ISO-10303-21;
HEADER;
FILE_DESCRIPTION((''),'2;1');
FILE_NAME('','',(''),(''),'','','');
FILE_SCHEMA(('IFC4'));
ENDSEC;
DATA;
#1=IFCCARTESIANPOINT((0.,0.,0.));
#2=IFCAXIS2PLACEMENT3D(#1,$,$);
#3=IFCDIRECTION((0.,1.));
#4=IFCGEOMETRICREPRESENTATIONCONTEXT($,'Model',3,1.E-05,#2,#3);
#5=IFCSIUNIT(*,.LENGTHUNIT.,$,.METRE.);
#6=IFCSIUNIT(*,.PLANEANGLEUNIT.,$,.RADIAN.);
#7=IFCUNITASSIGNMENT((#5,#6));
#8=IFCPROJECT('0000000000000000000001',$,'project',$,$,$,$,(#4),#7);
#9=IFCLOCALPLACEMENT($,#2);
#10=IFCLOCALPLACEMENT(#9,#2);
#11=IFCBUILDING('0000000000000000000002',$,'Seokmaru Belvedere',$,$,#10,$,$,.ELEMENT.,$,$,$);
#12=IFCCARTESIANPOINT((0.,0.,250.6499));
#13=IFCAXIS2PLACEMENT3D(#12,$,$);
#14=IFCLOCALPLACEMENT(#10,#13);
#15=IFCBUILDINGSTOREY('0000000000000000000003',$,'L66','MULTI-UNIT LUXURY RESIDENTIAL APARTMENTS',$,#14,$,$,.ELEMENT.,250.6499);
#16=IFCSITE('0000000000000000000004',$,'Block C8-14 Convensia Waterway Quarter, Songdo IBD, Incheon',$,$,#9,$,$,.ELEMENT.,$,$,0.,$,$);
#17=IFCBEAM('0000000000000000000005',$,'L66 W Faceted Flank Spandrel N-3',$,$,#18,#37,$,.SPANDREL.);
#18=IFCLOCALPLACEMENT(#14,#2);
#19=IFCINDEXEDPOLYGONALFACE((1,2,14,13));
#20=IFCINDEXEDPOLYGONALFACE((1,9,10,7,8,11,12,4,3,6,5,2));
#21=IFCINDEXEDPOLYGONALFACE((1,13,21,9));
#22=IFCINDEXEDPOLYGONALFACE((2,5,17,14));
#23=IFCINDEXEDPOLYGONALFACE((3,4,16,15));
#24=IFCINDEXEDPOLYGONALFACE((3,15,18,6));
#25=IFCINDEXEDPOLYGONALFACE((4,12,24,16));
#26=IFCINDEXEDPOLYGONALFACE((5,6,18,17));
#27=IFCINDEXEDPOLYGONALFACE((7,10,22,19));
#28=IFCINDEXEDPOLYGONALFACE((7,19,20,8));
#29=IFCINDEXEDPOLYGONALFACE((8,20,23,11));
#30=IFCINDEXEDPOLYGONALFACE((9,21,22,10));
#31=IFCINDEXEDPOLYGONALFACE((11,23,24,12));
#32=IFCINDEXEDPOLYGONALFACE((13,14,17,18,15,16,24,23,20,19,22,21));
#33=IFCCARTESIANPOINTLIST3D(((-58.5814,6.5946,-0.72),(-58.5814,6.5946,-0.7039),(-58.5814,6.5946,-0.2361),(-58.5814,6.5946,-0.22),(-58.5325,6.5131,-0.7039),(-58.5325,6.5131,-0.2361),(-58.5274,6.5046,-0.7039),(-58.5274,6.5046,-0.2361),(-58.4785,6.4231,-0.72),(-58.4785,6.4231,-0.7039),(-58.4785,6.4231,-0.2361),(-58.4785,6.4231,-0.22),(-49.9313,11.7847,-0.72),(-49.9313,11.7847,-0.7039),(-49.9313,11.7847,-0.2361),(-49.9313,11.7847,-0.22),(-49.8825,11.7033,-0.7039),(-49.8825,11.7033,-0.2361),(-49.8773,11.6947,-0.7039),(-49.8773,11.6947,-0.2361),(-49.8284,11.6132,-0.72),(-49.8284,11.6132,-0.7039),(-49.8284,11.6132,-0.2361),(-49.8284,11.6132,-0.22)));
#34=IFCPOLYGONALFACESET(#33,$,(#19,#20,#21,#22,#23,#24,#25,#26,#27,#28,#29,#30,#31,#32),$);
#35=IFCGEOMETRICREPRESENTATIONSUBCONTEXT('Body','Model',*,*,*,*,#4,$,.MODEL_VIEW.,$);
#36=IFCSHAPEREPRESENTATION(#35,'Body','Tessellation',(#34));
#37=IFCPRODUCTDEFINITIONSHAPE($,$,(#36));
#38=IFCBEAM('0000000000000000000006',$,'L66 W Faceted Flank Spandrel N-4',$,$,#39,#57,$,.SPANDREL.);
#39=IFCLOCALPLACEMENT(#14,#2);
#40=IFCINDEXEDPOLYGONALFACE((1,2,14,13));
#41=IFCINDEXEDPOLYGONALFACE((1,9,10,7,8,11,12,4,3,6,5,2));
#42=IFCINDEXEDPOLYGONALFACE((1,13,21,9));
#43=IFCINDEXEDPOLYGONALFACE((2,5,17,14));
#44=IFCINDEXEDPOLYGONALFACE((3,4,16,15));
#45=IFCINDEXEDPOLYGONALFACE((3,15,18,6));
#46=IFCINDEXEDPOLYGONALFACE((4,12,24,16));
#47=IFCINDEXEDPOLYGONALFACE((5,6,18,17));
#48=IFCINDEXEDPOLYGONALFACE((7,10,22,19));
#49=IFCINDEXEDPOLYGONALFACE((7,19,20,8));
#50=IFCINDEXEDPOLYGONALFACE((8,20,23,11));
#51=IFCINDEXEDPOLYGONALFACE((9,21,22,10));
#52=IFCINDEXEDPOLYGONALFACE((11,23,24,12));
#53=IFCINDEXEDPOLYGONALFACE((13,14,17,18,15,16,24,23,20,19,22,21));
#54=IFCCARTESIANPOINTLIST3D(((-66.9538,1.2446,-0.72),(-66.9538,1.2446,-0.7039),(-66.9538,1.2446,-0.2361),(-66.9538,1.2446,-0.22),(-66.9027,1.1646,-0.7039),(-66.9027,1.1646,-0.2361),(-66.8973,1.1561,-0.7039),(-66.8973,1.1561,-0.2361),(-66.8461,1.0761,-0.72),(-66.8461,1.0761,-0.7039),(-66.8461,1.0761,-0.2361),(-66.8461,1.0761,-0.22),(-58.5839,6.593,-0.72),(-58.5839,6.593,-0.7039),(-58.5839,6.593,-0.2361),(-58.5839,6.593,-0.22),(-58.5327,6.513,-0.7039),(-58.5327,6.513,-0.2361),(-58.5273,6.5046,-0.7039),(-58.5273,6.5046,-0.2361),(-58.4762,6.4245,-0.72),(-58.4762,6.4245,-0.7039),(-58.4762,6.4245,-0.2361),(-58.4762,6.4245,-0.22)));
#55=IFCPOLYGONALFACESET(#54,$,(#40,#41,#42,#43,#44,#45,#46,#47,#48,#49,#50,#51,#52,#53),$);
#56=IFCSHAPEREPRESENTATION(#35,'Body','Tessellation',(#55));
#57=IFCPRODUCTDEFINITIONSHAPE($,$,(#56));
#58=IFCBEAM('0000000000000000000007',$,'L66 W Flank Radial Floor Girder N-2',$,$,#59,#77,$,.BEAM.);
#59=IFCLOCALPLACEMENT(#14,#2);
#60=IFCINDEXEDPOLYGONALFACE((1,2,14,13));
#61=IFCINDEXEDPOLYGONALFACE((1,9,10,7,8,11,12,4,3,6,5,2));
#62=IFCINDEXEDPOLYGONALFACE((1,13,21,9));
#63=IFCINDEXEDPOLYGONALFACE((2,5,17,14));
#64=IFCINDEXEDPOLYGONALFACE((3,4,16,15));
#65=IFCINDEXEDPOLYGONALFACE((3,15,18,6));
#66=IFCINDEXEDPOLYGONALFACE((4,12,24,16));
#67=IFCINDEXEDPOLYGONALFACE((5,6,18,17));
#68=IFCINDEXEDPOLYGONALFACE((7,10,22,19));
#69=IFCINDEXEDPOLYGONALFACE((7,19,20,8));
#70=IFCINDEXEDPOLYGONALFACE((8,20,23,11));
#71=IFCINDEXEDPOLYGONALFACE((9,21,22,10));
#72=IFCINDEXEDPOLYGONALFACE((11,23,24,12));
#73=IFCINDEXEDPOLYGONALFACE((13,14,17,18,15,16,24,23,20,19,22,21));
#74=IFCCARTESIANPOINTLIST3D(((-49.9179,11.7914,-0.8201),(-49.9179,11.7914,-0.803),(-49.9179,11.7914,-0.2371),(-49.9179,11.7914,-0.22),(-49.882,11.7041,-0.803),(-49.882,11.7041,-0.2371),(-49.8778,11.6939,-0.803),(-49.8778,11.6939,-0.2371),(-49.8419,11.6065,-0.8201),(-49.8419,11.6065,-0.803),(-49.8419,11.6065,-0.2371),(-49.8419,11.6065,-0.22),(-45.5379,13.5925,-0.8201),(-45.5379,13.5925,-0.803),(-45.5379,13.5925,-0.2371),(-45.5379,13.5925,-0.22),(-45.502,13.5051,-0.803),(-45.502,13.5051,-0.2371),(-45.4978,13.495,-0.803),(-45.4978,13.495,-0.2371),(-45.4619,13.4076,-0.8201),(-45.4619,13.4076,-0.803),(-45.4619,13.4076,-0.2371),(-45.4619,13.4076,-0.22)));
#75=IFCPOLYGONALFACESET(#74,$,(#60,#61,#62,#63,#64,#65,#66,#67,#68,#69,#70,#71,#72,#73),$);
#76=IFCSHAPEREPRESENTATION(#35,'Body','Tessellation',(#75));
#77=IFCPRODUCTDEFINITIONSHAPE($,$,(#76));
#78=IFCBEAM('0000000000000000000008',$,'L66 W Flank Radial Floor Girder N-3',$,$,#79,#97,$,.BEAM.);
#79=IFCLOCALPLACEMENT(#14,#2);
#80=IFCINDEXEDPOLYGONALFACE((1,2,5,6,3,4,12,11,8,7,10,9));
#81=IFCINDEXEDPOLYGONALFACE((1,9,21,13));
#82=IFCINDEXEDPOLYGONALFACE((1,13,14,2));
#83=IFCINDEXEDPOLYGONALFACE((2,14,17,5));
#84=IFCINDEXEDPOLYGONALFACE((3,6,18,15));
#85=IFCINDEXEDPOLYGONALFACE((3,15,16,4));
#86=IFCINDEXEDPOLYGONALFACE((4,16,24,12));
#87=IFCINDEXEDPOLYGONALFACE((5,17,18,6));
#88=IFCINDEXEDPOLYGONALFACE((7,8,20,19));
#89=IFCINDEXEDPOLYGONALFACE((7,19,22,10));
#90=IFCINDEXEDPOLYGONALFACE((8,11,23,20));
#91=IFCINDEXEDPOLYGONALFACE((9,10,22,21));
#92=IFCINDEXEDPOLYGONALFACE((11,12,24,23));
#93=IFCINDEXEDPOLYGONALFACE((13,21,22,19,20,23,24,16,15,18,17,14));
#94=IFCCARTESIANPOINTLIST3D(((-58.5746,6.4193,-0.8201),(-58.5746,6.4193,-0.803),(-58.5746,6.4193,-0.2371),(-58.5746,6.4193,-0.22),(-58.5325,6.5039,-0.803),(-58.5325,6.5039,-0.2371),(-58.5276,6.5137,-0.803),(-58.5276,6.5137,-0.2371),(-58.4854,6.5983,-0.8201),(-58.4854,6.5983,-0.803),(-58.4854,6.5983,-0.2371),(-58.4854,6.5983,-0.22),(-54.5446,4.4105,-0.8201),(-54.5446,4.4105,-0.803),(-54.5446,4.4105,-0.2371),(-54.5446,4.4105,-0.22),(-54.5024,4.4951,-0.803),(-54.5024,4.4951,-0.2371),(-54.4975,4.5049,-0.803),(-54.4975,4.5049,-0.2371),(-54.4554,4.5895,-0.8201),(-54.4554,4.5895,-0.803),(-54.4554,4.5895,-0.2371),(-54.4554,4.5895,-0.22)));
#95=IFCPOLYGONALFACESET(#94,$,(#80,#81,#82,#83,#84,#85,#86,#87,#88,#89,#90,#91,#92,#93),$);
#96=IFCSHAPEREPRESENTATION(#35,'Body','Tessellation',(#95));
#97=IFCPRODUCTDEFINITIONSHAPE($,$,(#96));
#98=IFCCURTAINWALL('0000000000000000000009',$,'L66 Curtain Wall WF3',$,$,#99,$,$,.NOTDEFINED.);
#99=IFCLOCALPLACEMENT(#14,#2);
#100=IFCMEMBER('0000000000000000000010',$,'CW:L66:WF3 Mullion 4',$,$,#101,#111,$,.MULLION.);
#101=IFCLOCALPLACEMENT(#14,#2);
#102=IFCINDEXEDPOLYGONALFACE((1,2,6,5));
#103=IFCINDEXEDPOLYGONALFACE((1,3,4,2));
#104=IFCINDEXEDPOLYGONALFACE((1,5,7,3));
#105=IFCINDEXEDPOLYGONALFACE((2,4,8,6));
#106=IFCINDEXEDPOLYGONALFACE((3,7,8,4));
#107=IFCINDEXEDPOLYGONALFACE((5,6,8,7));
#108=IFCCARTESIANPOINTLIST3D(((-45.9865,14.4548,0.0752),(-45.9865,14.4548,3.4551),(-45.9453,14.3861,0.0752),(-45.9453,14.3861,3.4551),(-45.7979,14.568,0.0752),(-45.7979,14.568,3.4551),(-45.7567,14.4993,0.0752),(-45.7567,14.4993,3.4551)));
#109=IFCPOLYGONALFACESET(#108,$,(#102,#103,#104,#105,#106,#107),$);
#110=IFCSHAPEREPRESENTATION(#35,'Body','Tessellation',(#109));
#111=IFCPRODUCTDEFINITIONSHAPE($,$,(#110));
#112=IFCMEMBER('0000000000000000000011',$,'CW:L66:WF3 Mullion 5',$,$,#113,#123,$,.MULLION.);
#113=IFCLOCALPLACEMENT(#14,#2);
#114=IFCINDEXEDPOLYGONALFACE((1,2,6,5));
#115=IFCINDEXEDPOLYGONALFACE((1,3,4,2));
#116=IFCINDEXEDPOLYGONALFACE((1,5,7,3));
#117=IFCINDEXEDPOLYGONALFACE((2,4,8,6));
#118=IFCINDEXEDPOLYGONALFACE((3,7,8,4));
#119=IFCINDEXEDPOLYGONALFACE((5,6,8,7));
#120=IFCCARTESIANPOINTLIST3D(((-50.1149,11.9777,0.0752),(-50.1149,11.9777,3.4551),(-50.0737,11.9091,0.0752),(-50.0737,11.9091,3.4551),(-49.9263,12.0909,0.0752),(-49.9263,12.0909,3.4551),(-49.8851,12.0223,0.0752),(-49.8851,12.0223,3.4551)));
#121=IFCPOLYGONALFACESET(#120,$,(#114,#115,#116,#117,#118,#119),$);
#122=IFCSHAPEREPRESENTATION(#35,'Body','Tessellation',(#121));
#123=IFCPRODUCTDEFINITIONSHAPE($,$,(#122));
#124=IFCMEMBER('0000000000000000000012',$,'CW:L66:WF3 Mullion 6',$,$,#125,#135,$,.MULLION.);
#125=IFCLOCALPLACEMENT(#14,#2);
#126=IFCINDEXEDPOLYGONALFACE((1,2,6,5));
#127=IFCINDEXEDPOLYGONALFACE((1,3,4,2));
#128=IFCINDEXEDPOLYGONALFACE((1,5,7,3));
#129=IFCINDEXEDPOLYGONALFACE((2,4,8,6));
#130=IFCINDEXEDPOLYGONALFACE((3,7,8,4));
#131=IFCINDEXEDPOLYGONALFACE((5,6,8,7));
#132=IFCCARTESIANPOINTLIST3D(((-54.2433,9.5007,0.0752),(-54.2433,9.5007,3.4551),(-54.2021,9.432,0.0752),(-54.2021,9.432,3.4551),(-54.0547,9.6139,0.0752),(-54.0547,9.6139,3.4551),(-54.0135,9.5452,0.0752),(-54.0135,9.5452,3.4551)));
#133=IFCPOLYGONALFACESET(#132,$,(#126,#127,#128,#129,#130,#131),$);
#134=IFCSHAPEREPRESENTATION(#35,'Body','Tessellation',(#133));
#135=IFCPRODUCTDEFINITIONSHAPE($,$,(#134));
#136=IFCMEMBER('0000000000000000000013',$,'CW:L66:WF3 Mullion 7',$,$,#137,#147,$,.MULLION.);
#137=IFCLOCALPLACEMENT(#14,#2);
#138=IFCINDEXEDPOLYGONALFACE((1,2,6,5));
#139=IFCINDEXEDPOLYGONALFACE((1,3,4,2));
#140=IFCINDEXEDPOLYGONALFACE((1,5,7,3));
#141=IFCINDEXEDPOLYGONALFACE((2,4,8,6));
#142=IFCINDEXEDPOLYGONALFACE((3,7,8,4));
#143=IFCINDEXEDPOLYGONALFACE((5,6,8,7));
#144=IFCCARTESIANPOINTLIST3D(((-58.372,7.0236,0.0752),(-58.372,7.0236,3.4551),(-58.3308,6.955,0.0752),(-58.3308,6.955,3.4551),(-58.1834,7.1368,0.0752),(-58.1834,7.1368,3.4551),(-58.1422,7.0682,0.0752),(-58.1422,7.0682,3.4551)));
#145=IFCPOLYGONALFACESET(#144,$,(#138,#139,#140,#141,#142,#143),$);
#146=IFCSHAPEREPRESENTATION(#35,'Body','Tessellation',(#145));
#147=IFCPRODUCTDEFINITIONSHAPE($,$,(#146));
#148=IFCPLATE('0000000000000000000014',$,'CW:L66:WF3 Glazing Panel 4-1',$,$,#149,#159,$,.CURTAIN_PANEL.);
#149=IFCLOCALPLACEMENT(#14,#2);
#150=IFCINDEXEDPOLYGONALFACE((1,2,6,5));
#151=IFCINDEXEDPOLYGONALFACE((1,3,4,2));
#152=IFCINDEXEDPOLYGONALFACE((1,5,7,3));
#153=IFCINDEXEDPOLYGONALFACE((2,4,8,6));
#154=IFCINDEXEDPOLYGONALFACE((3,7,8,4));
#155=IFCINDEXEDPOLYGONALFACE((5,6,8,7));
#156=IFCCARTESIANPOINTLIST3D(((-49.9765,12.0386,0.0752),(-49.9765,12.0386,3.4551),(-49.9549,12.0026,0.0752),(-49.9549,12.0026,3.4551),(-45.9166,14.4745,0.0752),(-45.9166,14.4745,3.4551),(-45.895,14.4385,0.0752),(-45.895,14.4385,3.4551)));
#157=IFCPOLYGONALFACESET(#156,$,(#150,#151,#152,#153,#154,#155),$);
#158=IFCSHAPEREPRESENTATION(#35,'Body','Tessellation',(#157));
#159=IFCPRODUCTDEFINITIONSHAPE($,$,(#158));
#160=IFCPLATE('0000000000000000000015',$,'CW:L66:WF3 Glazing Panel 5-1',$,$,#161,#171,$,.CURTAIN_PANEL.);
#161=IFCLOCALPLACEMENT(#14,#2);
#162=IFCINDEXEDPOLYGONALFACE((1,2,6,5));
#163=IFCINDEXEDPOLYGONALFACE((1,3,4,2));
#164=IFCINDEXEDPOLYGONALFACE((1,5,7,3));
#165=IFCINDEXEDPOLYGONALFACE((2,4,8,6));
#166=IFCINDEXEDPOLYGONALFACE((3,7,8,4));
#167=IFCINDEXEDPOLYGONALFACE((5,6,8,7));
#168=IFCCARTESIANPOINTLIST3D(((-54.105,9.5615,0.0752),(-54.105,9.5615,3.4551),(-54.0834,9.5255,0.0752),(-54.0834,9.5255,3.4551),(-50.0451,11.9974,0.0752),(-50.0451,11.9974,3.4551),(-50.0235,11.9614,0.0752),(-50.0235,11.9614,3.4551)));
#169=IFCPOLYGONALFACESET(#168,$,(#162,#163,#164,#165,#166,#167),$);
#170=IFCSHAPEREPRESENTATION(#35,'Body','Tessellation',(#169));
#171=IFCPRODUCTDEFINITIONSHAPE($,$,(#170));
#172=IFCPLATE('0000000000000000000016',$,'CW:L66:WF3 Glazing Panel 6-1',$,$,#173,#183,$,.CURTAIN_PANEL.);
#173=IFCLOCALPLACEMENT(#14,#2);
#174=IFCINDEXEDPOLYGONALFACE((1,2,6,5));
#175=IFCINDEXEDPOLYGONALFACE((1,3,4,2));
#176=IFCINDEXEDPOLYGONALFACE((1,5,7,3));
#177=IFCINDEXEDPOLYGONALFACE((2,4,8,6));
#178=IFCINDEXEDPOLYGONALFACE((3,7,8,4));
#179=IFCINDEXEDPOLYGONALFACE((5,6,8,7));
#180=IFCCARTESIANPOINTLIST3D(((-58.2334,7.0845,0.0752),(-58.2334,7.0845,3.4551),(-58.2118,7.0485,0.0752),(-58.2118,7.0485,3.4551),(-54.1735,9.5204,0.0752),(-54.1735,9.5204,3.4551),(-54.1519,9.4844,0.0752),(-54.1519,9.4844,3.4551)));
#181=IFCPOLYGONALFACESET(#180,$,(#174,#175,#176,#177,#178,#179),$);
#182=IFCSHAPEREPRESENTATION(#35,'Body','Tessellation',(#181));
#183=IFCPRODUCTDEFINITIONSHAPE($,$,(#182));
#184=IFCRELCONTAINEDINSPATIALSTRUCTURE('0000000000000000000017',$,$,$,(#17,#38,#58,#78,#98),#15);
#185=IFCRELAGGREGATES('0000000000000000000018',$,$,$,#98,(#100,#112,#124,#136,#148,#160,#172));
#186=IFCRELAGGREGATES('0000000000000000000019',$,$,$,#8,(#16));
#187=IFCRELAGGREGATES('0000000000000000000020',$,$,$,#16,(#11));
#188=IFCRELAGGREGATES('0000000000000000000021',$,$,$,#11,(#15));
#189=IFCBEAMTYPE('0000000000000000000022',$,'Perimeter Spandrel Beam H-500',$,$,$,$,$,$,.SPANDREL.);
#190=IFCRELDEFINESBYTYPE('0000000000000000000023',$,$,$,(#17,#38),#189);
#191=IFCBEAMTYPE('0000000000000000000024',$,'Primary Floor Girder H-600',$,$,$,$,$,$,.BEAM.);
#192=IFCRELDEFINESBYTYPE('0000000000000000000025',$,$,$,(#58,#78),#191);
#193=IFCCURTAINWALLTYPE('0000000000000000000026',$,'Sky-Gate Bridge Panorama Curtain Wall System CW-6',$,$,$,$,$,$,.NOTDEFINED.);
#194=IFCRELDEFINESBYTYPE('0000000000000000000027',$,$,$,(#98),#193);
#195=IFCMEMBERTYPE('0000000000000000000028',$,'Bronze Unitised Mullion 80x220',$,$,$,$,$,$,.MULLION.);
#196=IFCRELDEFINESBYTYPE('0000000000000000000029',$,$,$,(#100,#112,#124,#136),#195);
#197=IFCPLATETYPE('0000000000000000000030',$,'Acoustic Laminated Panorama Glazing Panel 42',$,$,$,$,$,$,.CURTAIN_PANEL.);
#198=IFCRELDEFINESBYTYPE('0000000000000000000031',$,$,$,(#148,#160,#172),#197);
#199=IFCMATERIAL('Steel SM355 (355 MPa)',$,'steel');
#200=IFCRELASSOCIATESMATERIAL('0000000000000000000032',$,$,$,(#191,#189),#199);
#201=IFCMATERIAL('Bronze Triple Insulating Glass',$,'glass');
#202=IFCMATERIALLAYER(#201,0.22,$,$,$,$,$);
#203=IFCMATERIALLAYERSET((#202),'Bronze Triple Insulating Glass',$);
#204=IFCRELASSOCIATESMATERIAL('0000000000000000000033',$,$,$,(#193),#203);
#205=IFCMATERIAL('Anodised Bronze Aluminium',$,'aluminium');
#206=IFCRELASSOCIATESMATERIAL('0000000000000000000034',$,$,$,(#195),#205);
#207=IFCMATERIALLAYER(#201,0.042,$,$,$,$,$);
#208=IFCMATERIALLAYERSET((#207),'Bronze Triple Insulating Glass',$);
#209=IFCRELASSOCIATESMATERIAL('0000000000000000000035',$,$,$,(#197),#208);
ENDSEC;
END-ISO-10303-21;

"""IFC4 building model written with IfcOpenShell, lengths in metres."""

from ifc_helpers import new_model, si_unit, direction, frame, origin, origin_2d, place, context, subcontext, project, spatial, rectangle, i_section, extrude, source, transform, mapped, material, layer, layer_set, material_profile, profile_set, type_object, type_shapes, element, aggregate, save


model = new_model("IFC4")

# Units and contexts
model_context = context("Model", 3, precision=1e-05, world=origin(), true_north=direction((0.0, 1.0)))
body_context = subcontext(model_context, "Body", "Model", "MODEL_VIEW")
ifc_project = project(units=[si_unit("LENGTHUNIT", "METRE"), si_unit("PLANEANGLEUNIT", "RADIAN")], contexts=[model_context])

# Site, building, storey
site_placement = place(None, origin())
site = spatial("IfcSite", under=ifc_project, at=site_placement, Name="Block C8-14 Convensia Waterway Quarter, Songdo IBD, Incheon", CompositionType="ELEMENT", RefElevation=0.0)
building_placement = place(site_placement, origin())
building = spatial("IfcBuilding", under=site, at=building_placement, Name="Seokmaru Belvedere", CompositionType="ELEMENT")
storey_placement = place(building_placement, frame((0.0, 0.0, 250.6499)))
storey = spatial("IfcBuildingStorey", under=building, at=storey_placement, Name="L66", Description="MULTI-UNIT LUXURY RESIDENTIAL APARTMENTS", CompositionType="ELEMENT", Elevation=250.6499)

# Shared definitions
ifc_material_1 = material(Name="Steel SM355 (355 MPa)", Category="steel")

# Beams
ifc_material_profile_1 = material_profile(ifc_material_1, i_section(OverallWidth=0.2, OverallDepth=0.6001, WebThickness=0.011, FlangeThickness=0.0171, at=origin_2d()), Name="H-600x200x11x17")
ifc_profile_set_1 = profile_set([ifc_material_profile_1], Name="Steel SM355 (355 MPa)")
beam_type_1 = type_object("IfcBeamType", Name="Primary Floor Girder H-600", PredefinedType="BEAM", material=ifc_profile_set_1)
ifc_material_profile_2 = material_profile(ifc_material_1, i_section(OverallWidth=0.2, OverallDepth=0.5, WebThickness=0.01, FlangeThickness=0.0161, at=origin_2d()), Name="H-500x200x10x16")
ifc_profile_set_2 = profile_set([ifc_material_profile_2], Name="Steel SM355 (355 MPa)")
beam_type_2 = type_object("IfcBeamType", Name="Perimeter Spandrel Beam H-500", PredefinedType="SPANDREL", material=ifc_profile_set_2)
shared_shape_1 = source(origin(), body_context, "Body", "SweptSolid", [
    extrude(i_section(OverallWidth=0.2, OverallDepth=0.5, WebThickness=0.01, FlangeThickness=0.0161, at=origin_2d()), origin(), (0.0, 0.0, 1.0), 10.0876),
])
beam_1_placement = place(storey_placement, frame((-49.8799, 11.699, -0.47), z_axis=(-0.857489, -0.514503, 0.0), x_axis=(0.514503, -0.857489, 0.0)))
element("IfcBeam", 1, at=beam_1_placement, inside=storey, type_object=beam_type_2, Name="L66 W Faceted Flank Spandrel N-3", PredefinedType="SPANDREL", context=body_context, shape_type="MappedRepresentation", body=[
    mapped(shared_shape_1, transform((0.0, 0.0, 0.0), scale=1.0)),
])
shared_shape_2 = source(origin(), body_context, "Body", "SweptSolid", [
    extrude(i_section(OverallWidth=0.2, OverallDepth=0.5, WebThickness=0.01, FlangeThickness=0.0161, at=origin_2d()), origin(), (0.0, 0.0, 1.0), 9.9329),
])
type_shapes(beam_type_2, [shared_shape_1, shared_shape_2])
beam_2_placement = place(storey_placement, frame((-58.53, 6.5088, -0.47), z_axis=(-0.842652, -0.538459, 0.0), x_axis=(0.538459, -0.842652, 0.0)))
element("IfcBeam", 2, at=beam_2_placement, inside=storey, type_object=beam_type_2, Name="L66 W Faceted Flank Spandrel N-4", PredefinedType="SPANDREL", context=body_context, shape_type="MappedRepresentation", body=[
    mapped(shared_shape_2, transform((0.0, 0.0, 0.0), scale=1.0)),
])
shared_shape_3 = source(origin(), body_context, "Body", "SweptSolid", [
    extrude(i_section(OverallWidth=0.2, OverallDepth=0.6001, WebThickness=0.011, FlangeThickness=0.0171, at=origin_2d()), origin(), (0.0, 0.0, 1.0), 4.7358),
])
beam_3_placement = place(storey_placement, frame((-49.8799, 11.699, -0.52), z_axis=(0.924861, 0.380306, 0.0), x_axis=(-0.380306, 0.924861, 0.0)))
element("IfcBeam", 3, at=beam_3_placement, inside=storey, type_object=beam_type_1, Name="L66 W Flank Radial Floor Girder N-2", PredefinedType="BEAM", context=body_context, shape_type="MappedRepresentation", body=[
    mapped(shared_shape_3, transform((0.0, 0.0, 0.0), scale=1.0)),
])
shared_shape_4 = source(origin(), body_context, "Body", "SweptSolid", [
    extrude(i_section(OverallWidth=0.2, OverallDepth=0.6001, WebThickness=0.011, FlangeThickness=0.0171, at=origin_2d()), origin(), (0.0, 0.0, 1.0), 4.5029),
])
beam_4_placement = place(storey_placement, frame((-58.53, 6.5088, -0.52), z_axis=(0.89498, -0.446107, 0.0), x_axis=(0.446107, 0.89498, 0.0)))
element("IfcBeam", 4, at=beam_4_placement, inside=storey, type_object=beam_type_1, Name="L66 W Flank Radial Floor Girder N-3", PredefinedType="BEAM", context=body_context, shape_type="MappedRepresentation", body=[
    mapped(shared_shape_4, transform((0.0, 0.0, 0.0), scale=1.0)),
])

# Curtain wall, members, plates
ifc_material_2 = material(Name="Bronze Triple Insulating Glass", Category="glass")
ifc_layer_1 = layer(ifc_material_2, 0.22)
ifc_layer_set_1 = layer_set([ifc_layer_1], Name="Bronze Triple Insulating Glass")
curtain_wall_type = type_object("IfcCurtainWallType", Name="Sky-Gate Bridge Panorama Curtain Wall System CW-6", PredefinedType="NOTDEFINED", material=ifc_layer_set_1)
curtain_wall_placement = place(storey_placement, origin())
curtain_wall = element("IfcCurtainWall", 5, at=curtain_wall_placement, inside=storey, type_object=curtain_wall_type, Name="L66 Curtain Wall WF3", PredefinedType="NOTDEFINED")
ifc_material_3 = material(Name="Anodised Bronze Aluminium", Category="aluminium")
ifc_material_profile_3 = material_profile(ifc_material_3, rectangle(XDim=0.0801, YDim=0.22, at=origin_2d()), Name="CW-M-80x220")
ifc_profile_set_3 = profile_set([ifc_material_profile_3], Name="Anodised Bronze Aluminium")
member_type = type_object("IfcMemberType", Name="Bronze Unitised Mullion 80x220", PredefinedType="MULLION", material=ifc_profile_set_3)
shared_shape_5 = source(origin(), body_context, "Body", "SweptSolid", [
    extrude(rectangle(XDim=0.0801, YDim=0.22, at=origin_2d()), origin(), (0.0, 0.0, 1.0), 3.3799),
])
type_shapes(member_type, [shared_shape_5])
member_1_placement = place(storey_placement, frame((-45.8716, 14.4771, 0.0752), z_axis=(0.0, 0.0, 1.0), x_axis=(0.514495, -0.857493, 0.0)))
member_1 = element("IfcMember", 6, at=member_1_placement, type_object=member_type, Name="CW:L66:WF3 Mullion 4", PredefinedType="MULLION", context=body_context, shape_type="MappedRepresentation", body=[
    mapped(shared_shape_5, transform((0.0, 0.0, 0.0), scale=1.0)),
])
member_2_placement = place(storey_placement, frame((-50.0, 12.0, 0.0752), z_axis=(0.0, 0.0, 1.0), x_axis=(0.514495, -0.857493, 0.0)))
member_2 = element("IfcMember", 7, at=member_2_placement, type_object=member_type, Name="CW:L66:WF3 Mullion 5", PredefinedType="MULLION", context=body_context, shape_type="MappedRepresentation", body=[
    mapped(shared_shape_5, transform((0.0, 0.0, 0.0), scale=1.0)),
])
member_3_placement = place(storey_placement, frame((-54.1284, 9.5229, 0.0752), z_axis=(0.0, 0.0, 1.0), x_axis=(0.514495, -0.857493, 0.0)))
member_3 = element("IfcMember", 8, at=member_3_placement, type_object=member_type, Name="CW:L66:WF3 Mullion 6", PredefinedType="MULLION", context=body_context, shape_type="MappedRepresentation", body=[
    mapped(shared_shape_5, transform((0.0, 0.0, 0.0), scale=1.0)),
])
member_4_placement = place(storey_placement, frame((-58.2571, 7.0459, 0.0752), z_axis=(0.0, 0.0, 1.0), x_axis=(0.514495, -0.857493, 0.0)))
member_4 = element("IfcMember", 9, at=member_4_placement, type_object=member_type, Name="CW:L66:WF3 Mullion 7", PredefinedType="MULLION", context=body_context, shape_type="MappedRepresentation", body=[
    mapped(shared_shape_5, transform((0.0, 0.0, 0.0), scale=1.0)),
])
ifc_layer_2 = layer(ifc_material_2, 0.042)
ifc_layer_set_2 = layer_set([ifc_layer_2], Name="Bronze Triple Insulating Glass")
plate_type = type_object("IfcPlateType", Name="Acoustic Laminated Panorama Glazing Panel 42", PredefinedType="CURTAIN_PANEL", material=ifc_layer_set_2)
shared_shape_6 = source(origin(), body_context, "Body", "SweptSolid", [
    extrude(rectangle(XDim=4.7346, YDim=0.042, at=origin_2d()), origin(), (0.0, 0.0, 1.0), 3.3799),
])
type_shapes(plate_type, [shared_shape_6])
plate_1_placement = place(storey_placement, frame((-47.9358, 13.2385, 0.0752), z_axis=(0.0, 0.0, 1.0), x_axis=(-0.857493, -0.514495, 0.0)))
plate_1 = element("IfcPlate", 10, at=plate_1_placement, type_object=plate_type, Name="CW:L66:WF3 Glazing Panel 4-1", PredefinedType="CURTAIN_PANEL", context=body_context, shape_type="MappedRepresentation", body=[
    mapped(shared_shape_6, transform((0.0, 0.0, 0.0), scale=1.0)),
])
plate_2_placement = place(storey_placement, frame((-52.0642, 10.7615, 0.0752), z_axis=(0.0, 0.0, 1.0), x_axis=(-0.857493, -0.514495, 0.0)))
plate_2 = element("IfcPlate", 11, at=plate_2_placement, type_object=plate_type, Name="CW:L66:WF3 Glazing Panel 5-1", PredefinedType="CURTAIN_PANEL", context=body_context, shape_type="MappedRepresentation", body=[
    mapped(shared_shape_6, transform((0.0, 0.0, 0.0), scale=1.0)),
])
plate_3_placement = place(storey_placement, frame((-56.1926, 8.2844, 0.0752), z_axis=(0.0, 0.0, 1.0), x_axis=(-0.857493, -0.514495, 0.0)))
plate_3 = element("IfcPlate", 12, at=plate_3_placement, type_object=plate_type, Name="CW:L66:WF3 Glazing Panel 6-1", PredefinedType="CURTAIN_PANEL", context=body_context, shape_type="MappedRepresentation", body=[
    mapped(shared_shape_6, transform((0.0, 0.0, 0.0), scale=1.0)),
])
aggregate(curtain_wall, [member_1, member_2, member_3, member_4, plate_1, plate_2, plate_3])

save(model, "model.ifc")
